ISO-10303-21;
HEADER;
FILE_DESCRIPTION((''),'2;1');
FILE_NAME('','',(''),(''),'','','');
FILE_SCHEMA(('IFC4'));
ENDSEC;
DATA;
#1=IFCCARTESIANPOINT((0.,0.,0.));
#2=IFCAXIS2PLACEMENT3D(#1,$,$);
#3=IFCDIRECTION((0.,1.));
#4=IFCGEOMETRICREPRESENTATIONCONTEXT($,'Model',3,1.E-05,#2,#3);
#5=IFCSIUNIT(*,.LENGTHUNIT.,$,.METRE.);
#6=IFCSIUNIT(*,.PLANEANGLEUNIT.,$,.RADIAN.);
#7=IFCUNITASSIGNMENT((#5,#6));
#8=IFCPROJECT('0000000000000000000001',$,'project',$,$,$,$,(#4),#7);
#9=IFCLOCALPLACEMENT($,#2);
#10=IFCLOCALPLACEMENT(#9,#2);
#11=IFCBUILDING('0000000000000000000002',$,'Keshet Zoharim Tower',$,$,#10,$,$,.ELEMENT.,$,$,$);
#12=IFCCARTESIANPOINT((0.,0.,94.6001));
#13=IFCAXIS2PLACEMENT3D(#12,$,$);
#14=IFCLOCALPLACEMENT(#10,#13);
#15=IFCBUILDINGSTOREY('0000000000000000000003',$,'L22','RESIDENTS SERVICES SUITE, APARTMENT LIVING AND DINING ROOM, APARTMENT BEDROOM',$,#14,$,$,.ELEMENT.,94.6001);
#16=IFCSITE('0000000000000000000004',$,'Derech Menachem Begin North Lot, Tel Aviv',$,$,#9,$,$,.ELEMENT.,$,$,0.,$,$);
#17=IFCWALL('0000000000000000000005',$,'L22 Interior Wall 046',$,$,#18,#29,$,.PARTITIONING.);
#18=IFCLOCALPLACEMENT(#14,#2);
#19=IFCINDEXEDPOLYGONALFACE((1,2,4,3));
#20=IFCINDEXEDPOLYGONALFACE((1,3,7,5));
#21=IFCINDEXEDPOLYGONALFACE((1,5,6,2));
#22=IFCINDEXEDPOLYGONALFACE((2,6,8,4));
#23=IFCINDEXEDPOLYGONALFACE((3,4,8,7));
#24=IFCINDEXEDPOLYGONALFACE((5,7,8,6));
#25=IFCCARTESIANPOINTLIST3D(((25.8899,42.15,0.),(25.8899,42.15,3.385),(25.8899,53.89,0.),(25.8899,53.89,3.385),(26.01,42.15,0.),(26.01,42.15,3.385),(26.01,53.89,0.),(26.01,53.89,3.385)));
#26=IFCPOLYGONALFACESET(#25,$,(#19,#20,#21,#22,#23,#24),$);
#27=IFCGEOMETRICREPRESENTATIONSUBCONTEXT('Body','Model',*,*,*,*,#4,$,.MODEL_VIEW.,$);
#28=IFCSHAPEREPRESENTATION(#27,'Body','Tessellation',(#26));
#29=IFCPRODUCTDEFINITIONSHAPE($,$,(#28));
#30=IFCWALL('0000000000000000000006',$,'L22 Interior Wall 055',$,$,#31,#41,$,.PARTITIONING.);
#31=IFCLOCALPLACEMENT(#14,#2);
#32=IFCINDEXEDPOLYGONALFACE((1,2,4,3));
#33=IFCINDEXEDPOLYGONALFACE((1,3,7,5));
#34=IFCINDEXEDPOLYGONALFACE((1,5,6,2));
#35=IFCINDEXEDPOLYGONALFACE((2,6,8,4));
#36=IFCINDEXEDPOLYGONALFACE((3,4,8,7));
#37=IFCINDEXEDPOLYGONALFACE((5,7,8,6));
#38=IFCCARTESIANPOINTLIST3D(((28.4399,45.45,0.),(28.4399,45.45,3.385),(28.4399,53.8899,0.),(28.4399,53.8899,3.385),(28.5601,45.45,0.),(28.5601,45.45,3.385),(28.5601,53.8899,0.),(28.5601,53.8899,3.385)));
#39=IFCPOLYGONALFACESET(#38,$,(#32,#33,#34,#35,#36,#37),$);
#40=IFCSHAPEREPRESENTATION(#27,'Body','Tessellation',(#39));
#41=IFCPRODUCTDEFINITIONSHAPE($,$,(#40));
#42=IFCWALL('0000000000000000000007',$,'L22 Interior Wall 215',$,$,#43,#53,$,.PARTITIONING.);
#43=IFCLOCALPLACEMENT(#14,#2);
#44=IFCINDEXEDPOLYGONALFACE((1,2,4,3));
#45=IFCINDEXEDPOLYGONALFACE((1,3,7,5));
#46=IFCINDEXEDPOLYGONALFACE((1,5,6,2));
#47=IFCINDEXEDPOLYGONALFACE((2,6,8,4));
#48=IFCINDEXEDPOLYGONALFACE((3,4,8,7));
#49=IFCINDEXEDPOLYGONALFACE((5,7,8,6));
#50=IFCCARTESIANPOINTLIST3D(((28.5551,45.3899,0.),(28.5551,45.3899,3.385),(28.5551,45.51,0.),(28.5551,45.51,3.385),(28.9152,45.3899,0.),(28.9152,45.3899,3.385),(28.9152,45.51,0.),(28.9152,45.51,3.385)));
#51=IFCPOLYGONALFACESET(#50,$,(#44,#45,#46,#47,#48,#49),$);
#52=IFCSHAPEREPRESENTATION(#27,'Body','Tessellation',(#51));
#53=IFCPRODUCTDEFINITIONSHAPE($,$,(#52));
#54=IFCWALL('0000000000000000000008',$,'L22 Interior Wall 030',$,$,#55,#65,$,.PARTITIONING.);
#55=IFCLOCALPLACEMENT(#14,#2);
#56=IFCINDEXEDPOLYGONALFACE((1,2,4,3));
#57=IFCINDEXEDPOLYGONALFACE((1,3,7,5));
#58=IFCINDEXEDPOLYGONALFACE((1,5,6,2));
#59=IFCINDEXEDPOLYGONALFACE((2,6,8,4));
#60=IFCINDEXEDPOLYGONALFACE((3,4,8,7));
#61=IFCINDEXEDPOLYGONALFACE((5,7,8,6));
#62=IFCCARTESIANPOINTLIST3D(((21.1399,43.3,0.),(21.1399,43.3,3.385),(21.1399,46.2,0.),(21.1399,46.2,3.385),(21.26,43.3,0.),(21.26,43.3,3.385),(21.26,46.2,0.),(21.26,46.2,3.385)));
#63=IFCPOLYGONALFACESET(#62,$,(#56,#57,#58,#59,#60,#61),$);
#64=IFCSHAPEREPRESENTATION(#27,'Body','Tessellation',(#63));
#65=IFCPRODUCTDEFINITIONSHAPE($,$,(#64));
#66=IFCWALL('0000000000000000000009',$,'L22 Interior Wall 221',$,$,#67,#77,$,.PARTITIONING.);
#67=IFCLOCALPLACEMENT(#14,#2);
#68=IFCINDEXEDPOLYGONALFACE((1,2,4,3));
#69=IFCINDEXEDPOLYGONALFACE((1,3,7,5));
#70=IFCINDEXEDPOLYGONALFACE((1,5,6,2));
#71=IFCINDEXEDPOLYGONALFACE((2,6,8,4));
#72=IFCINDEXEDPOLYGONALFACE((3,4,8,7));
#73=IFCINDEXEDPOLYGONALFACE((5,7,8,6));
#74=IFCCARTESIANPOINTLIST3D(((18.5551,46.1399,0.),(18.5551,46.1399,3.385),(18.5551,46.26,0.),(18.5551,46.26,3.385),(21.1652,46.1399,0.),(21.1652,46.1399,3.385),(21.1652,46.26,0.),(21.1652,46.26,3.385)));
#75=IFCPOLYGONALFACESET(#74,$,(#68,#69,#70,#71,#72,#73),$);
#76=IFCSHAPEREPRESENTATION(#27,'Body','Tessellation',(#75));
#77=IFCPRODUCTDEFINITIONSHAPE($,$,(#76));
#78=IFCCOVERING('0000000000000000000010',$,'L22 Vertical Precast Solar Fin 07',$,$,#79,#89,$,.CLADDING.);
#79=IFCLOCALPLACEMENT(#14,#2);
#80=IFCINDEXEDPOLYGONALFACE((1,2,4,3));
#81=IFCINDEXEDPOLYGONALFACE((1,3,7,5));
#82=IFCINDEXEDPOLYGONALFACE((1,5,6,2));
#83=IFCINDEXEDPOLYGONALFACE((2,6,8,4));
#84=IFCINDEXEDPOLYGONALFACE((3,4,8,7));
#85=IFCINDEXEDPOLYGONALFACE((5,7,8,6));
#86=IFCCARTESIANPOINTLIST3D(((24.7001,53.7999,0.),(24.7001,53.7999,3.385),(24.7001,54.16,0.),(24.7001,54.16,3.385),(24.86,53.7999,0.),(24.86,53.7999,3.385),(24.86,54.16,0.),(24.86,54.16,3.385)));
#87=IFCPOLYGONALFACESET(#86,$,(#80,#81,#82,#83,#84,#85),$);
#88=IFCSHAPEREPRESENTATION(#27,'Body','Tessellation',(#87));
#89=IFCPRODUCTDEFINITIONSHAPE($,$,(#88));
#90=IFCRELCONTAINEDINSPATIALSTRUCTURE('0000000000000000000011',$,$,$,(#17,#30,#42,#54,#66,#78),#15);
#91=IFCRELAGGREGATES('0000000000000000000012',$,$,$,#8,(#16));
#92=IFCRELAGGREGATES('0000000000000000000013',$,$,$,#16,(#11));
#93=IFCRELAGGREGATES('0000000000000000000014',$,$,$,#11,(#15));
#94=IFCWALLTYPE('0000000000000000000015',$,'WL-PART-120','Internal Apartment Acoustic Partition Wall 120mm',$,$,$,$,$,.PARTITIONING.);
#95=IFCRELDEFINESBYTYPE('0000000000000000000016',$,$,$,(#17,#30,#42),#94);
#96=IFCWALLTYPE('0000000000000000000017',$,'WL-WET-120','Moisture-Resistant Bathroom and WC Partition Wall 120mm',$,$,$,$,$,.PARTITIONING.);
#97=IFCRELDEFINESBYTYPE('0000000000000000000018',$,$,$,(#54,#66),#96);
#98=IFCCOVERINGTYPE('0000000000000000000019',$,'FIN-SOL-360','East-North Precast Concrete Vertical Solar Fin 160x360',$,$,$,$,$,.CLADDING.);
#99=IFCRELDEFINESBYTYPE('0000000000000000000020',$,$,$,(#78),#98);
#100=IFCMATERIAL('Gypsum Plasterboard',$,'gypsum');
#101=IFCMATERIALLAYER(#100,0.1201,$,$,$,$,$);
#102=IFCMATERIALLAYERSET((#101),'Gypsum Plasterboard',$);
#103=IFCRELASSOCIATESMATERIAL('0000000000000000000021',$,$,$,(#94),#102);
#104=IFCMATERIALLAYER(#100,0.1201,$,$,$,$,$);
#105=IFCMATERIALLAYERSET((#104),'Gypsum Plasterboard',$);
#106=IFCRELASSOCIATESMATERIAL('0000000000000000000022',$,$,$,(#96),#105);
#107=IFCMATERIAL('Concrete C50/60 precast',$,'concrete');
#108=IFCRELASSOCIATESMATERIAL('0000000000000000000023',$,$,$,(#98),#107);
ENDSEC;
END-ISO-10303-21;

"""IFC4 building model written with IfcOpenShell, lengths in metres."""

from ifc_helpers import new_model, si_unit, direction, frame, frame_2d, origin, origin_2d, place, context, subcontext, project, spatial, rectangle, extrude, material, layer, layer_set, type_object, element, save


model = new_model("IFC4")

# Units and contexts
model_context = context("Model", 3, precision=1e-05, world=origin(), true_north=direction((0.0, 1.0)))
body_context = subcontext(model_context, "Body", "Model", "MODEL_VIEW")
ifc_project = project(units=[si_unit("LENGTHUNIT", "METRE"), si_unit("PLANEANGLEUNIT", "RADIAN")], contexts=[model_context])

# Site, building, storey
site_placement = place(None, origin())
site = spatial("IfcSite", under=ifc_project, at=site_placement, Name="Derech Menachem Begin North Lot, Tel Aviv", CompositionType="ELEMENT", RefElevation=0.0)
building_placement = place(site_placement, origin())
building = spatial("IfcBuilding", under=site, at=building_placement, Name="Keshet Zoharim Tower", CompositionType="ELEMENT")
storey_placement = place(building_placement, frame((0.0, 0.0, 94.6001)))
storey = spatial("IfcBuildingStorey", under=building, at=storey_placement, Name="L22", Description="RESIDENTS SERVICES SUITE, APARTMENT LIVING AND DINING ROOM, APARTMENT BEDROOM", CompositionType="ELEMENT", Elevation=94.6001)

# Shared definitions
ifc_material_1 = material(Name="Gypsum Plasterboard", Category="gypsum")

# Shared definitions
ifc_layer_1 = layer(ifc_material_1, 0.1201)
ifc_layer_set_1 = layer_set([ifc_layer_1], Name="Gypsum Plasterboard")
wall_type_1 = type_object("IfcWallType", Name="WL-PART-120", Description="Internal Apartment Acoustic Partition Wall 120mm", PredefinedType="PARTITIONING", material=ifc_layer_set_1)

# Walls
for number, where, z_axis, x_axis, name in (
    (1, (25.95, 42.1499, 0.0), (0.0, 0.0, 1.0), (0.0, 1.0, 0.0), "L22 Interior Wall 046"),
):
    element("IfcWall", number, at=place(storey_placement, frame(where, z_axis=z_axis, x_axis=x_axis)), inside=storey, type_object=wall_type_1, Name=name, PredefinedType="PARTITIONING", context=body_context, shape_type="SweptSolid", body=[
        extrude(rectangle(XDim=11.74, YDim=0.1201, at=frame_2d((5.8701, 0.0))), origin(), (0.0, 0.0, 1.0), 3.385),
    ])
wall_1_placement = place(storey_placement, frame((28.5, 45.45, 0.0), z_axis=(0.0, 0.0, 1.0), x_axis=(0.0, 1.0, 0.0)))
element("IfcWall", 2, at=wall_1_placement, inside=storey, type_object=wall_type_1, Name="L22 Interior Wall 055", PredefinedType="PARTITIONING", context=body_context, shape_type="SweptSolid", body=[
    extrude(rectangle(XDim=8.4399, YDim=0.1201, at=frame_2d((4.22, 0.0))), origin(), (0.0, 0.0, 1.0), 3.385),
])

# Walls
wall_2_placement = place(storey_placement, frame((28.5549, 45.45, 0.0), z_axis=(0.0, 0.0, 1.0), x_axis=(1.0, 0.0, 0.0)))
element("IfcWall", 3, at=wall_2_placement, inside=storey, type_object=wall_type_1, Name="L22 Interior Wall 215", PredefinedType="PARTITIONING", context=body_context, shape_type="SweptSolid", body=[
    extrude(rectangle(XDim=0.3601, YDim=0.1201, at=frame_2d((0.1802, 0.0))), origin(), (0.0, 0.0, 1.0), 3.385),
])
ifc_layer_2 = layer(ifc_material_1, 0.1201)
ifc_layer_set_2 = layer_set([ifc_layer_2], Name="Gypsum Plasterboard")
wall_type_2 = type_object("IfcWallType", Name="WL-WET-120", Description="Moisture-Resistant Bathroom and WC Partition Wall 120mm", PredefinedType="PARTITIONING", material=ifc_layer_set_2)
wall_3_placement = place(storey_placement, frame((21.2, 43.3, 0.0), z_axis=(0.0, 0.0, 1.0), x_axis=(0.0, 1.0, 0.0)))
element("IfcWall", 4, at=wall_3_placement, inside=storey, type_object=wall_type_2, Name="L22 Interior Wall 030", PredefinedType="PARTITIONING", context=body_context, shape_type="SweptSolid", body=[
    extrude(rectangle(XDim=2.8999, YDim=0.1201, at=frame_2d((1.45, 0.0))), origin(), (0.0, 0.0, 1.0), 3.385),
])
wall_4_placement = place(storey_placement, frame((18.5549, 46.2, 0.0), z_axis=(0.0, 0.0, 1.0), x_axis=(1.0, 0.0, 0.0)))
element("IfcWall", 5, at=wall_4_placement, inside=storey, type_object=wall_type_2, Name="L22 Interior Wall 221", PredefinedType="PARTITIONING", context=body_context, shape_type="SweptSolid", body=[
    extrude(rectangle(XDim=2.6101, YDim=0.1201, at=frame_2d((1.3052, 0.0))), origin(), (0.0, 0.0, 1.0), 3.385),
])

# Covering
ifc_material_2 = material(Name="Concrete C50/60 precast", Category="concrete")
covering_type = type_object("IfcCoveringType", Name="FIN-SOL-360", Description="East-North Precast Concrete Vertical Solar Fin 160x360", PredefinedType="CLADDING", material=ifc_material_2)
covering_placement = place(storey_placement, frame((24.78, 53.98, 0.0), z_axis=(0.0, 0.0, 1.0), x_axis=(1.0, 0.0, 0.0)))
element("IfcCovering", 6, at=covering_placement, inside=storey, type_object=covering_type, Name="L22 Vertical Precast Solar Fin 07", PredefinedType="CLADDING", context=body_context, shape_type="SweptSolid", body=[
    extrude(rectangle(XDim=0.1599, YDim=0.3601, at=origin_2d()), origin(), (0.0, 0.0, 1.0), 3.385),
])

save(model, "model.ifc")
